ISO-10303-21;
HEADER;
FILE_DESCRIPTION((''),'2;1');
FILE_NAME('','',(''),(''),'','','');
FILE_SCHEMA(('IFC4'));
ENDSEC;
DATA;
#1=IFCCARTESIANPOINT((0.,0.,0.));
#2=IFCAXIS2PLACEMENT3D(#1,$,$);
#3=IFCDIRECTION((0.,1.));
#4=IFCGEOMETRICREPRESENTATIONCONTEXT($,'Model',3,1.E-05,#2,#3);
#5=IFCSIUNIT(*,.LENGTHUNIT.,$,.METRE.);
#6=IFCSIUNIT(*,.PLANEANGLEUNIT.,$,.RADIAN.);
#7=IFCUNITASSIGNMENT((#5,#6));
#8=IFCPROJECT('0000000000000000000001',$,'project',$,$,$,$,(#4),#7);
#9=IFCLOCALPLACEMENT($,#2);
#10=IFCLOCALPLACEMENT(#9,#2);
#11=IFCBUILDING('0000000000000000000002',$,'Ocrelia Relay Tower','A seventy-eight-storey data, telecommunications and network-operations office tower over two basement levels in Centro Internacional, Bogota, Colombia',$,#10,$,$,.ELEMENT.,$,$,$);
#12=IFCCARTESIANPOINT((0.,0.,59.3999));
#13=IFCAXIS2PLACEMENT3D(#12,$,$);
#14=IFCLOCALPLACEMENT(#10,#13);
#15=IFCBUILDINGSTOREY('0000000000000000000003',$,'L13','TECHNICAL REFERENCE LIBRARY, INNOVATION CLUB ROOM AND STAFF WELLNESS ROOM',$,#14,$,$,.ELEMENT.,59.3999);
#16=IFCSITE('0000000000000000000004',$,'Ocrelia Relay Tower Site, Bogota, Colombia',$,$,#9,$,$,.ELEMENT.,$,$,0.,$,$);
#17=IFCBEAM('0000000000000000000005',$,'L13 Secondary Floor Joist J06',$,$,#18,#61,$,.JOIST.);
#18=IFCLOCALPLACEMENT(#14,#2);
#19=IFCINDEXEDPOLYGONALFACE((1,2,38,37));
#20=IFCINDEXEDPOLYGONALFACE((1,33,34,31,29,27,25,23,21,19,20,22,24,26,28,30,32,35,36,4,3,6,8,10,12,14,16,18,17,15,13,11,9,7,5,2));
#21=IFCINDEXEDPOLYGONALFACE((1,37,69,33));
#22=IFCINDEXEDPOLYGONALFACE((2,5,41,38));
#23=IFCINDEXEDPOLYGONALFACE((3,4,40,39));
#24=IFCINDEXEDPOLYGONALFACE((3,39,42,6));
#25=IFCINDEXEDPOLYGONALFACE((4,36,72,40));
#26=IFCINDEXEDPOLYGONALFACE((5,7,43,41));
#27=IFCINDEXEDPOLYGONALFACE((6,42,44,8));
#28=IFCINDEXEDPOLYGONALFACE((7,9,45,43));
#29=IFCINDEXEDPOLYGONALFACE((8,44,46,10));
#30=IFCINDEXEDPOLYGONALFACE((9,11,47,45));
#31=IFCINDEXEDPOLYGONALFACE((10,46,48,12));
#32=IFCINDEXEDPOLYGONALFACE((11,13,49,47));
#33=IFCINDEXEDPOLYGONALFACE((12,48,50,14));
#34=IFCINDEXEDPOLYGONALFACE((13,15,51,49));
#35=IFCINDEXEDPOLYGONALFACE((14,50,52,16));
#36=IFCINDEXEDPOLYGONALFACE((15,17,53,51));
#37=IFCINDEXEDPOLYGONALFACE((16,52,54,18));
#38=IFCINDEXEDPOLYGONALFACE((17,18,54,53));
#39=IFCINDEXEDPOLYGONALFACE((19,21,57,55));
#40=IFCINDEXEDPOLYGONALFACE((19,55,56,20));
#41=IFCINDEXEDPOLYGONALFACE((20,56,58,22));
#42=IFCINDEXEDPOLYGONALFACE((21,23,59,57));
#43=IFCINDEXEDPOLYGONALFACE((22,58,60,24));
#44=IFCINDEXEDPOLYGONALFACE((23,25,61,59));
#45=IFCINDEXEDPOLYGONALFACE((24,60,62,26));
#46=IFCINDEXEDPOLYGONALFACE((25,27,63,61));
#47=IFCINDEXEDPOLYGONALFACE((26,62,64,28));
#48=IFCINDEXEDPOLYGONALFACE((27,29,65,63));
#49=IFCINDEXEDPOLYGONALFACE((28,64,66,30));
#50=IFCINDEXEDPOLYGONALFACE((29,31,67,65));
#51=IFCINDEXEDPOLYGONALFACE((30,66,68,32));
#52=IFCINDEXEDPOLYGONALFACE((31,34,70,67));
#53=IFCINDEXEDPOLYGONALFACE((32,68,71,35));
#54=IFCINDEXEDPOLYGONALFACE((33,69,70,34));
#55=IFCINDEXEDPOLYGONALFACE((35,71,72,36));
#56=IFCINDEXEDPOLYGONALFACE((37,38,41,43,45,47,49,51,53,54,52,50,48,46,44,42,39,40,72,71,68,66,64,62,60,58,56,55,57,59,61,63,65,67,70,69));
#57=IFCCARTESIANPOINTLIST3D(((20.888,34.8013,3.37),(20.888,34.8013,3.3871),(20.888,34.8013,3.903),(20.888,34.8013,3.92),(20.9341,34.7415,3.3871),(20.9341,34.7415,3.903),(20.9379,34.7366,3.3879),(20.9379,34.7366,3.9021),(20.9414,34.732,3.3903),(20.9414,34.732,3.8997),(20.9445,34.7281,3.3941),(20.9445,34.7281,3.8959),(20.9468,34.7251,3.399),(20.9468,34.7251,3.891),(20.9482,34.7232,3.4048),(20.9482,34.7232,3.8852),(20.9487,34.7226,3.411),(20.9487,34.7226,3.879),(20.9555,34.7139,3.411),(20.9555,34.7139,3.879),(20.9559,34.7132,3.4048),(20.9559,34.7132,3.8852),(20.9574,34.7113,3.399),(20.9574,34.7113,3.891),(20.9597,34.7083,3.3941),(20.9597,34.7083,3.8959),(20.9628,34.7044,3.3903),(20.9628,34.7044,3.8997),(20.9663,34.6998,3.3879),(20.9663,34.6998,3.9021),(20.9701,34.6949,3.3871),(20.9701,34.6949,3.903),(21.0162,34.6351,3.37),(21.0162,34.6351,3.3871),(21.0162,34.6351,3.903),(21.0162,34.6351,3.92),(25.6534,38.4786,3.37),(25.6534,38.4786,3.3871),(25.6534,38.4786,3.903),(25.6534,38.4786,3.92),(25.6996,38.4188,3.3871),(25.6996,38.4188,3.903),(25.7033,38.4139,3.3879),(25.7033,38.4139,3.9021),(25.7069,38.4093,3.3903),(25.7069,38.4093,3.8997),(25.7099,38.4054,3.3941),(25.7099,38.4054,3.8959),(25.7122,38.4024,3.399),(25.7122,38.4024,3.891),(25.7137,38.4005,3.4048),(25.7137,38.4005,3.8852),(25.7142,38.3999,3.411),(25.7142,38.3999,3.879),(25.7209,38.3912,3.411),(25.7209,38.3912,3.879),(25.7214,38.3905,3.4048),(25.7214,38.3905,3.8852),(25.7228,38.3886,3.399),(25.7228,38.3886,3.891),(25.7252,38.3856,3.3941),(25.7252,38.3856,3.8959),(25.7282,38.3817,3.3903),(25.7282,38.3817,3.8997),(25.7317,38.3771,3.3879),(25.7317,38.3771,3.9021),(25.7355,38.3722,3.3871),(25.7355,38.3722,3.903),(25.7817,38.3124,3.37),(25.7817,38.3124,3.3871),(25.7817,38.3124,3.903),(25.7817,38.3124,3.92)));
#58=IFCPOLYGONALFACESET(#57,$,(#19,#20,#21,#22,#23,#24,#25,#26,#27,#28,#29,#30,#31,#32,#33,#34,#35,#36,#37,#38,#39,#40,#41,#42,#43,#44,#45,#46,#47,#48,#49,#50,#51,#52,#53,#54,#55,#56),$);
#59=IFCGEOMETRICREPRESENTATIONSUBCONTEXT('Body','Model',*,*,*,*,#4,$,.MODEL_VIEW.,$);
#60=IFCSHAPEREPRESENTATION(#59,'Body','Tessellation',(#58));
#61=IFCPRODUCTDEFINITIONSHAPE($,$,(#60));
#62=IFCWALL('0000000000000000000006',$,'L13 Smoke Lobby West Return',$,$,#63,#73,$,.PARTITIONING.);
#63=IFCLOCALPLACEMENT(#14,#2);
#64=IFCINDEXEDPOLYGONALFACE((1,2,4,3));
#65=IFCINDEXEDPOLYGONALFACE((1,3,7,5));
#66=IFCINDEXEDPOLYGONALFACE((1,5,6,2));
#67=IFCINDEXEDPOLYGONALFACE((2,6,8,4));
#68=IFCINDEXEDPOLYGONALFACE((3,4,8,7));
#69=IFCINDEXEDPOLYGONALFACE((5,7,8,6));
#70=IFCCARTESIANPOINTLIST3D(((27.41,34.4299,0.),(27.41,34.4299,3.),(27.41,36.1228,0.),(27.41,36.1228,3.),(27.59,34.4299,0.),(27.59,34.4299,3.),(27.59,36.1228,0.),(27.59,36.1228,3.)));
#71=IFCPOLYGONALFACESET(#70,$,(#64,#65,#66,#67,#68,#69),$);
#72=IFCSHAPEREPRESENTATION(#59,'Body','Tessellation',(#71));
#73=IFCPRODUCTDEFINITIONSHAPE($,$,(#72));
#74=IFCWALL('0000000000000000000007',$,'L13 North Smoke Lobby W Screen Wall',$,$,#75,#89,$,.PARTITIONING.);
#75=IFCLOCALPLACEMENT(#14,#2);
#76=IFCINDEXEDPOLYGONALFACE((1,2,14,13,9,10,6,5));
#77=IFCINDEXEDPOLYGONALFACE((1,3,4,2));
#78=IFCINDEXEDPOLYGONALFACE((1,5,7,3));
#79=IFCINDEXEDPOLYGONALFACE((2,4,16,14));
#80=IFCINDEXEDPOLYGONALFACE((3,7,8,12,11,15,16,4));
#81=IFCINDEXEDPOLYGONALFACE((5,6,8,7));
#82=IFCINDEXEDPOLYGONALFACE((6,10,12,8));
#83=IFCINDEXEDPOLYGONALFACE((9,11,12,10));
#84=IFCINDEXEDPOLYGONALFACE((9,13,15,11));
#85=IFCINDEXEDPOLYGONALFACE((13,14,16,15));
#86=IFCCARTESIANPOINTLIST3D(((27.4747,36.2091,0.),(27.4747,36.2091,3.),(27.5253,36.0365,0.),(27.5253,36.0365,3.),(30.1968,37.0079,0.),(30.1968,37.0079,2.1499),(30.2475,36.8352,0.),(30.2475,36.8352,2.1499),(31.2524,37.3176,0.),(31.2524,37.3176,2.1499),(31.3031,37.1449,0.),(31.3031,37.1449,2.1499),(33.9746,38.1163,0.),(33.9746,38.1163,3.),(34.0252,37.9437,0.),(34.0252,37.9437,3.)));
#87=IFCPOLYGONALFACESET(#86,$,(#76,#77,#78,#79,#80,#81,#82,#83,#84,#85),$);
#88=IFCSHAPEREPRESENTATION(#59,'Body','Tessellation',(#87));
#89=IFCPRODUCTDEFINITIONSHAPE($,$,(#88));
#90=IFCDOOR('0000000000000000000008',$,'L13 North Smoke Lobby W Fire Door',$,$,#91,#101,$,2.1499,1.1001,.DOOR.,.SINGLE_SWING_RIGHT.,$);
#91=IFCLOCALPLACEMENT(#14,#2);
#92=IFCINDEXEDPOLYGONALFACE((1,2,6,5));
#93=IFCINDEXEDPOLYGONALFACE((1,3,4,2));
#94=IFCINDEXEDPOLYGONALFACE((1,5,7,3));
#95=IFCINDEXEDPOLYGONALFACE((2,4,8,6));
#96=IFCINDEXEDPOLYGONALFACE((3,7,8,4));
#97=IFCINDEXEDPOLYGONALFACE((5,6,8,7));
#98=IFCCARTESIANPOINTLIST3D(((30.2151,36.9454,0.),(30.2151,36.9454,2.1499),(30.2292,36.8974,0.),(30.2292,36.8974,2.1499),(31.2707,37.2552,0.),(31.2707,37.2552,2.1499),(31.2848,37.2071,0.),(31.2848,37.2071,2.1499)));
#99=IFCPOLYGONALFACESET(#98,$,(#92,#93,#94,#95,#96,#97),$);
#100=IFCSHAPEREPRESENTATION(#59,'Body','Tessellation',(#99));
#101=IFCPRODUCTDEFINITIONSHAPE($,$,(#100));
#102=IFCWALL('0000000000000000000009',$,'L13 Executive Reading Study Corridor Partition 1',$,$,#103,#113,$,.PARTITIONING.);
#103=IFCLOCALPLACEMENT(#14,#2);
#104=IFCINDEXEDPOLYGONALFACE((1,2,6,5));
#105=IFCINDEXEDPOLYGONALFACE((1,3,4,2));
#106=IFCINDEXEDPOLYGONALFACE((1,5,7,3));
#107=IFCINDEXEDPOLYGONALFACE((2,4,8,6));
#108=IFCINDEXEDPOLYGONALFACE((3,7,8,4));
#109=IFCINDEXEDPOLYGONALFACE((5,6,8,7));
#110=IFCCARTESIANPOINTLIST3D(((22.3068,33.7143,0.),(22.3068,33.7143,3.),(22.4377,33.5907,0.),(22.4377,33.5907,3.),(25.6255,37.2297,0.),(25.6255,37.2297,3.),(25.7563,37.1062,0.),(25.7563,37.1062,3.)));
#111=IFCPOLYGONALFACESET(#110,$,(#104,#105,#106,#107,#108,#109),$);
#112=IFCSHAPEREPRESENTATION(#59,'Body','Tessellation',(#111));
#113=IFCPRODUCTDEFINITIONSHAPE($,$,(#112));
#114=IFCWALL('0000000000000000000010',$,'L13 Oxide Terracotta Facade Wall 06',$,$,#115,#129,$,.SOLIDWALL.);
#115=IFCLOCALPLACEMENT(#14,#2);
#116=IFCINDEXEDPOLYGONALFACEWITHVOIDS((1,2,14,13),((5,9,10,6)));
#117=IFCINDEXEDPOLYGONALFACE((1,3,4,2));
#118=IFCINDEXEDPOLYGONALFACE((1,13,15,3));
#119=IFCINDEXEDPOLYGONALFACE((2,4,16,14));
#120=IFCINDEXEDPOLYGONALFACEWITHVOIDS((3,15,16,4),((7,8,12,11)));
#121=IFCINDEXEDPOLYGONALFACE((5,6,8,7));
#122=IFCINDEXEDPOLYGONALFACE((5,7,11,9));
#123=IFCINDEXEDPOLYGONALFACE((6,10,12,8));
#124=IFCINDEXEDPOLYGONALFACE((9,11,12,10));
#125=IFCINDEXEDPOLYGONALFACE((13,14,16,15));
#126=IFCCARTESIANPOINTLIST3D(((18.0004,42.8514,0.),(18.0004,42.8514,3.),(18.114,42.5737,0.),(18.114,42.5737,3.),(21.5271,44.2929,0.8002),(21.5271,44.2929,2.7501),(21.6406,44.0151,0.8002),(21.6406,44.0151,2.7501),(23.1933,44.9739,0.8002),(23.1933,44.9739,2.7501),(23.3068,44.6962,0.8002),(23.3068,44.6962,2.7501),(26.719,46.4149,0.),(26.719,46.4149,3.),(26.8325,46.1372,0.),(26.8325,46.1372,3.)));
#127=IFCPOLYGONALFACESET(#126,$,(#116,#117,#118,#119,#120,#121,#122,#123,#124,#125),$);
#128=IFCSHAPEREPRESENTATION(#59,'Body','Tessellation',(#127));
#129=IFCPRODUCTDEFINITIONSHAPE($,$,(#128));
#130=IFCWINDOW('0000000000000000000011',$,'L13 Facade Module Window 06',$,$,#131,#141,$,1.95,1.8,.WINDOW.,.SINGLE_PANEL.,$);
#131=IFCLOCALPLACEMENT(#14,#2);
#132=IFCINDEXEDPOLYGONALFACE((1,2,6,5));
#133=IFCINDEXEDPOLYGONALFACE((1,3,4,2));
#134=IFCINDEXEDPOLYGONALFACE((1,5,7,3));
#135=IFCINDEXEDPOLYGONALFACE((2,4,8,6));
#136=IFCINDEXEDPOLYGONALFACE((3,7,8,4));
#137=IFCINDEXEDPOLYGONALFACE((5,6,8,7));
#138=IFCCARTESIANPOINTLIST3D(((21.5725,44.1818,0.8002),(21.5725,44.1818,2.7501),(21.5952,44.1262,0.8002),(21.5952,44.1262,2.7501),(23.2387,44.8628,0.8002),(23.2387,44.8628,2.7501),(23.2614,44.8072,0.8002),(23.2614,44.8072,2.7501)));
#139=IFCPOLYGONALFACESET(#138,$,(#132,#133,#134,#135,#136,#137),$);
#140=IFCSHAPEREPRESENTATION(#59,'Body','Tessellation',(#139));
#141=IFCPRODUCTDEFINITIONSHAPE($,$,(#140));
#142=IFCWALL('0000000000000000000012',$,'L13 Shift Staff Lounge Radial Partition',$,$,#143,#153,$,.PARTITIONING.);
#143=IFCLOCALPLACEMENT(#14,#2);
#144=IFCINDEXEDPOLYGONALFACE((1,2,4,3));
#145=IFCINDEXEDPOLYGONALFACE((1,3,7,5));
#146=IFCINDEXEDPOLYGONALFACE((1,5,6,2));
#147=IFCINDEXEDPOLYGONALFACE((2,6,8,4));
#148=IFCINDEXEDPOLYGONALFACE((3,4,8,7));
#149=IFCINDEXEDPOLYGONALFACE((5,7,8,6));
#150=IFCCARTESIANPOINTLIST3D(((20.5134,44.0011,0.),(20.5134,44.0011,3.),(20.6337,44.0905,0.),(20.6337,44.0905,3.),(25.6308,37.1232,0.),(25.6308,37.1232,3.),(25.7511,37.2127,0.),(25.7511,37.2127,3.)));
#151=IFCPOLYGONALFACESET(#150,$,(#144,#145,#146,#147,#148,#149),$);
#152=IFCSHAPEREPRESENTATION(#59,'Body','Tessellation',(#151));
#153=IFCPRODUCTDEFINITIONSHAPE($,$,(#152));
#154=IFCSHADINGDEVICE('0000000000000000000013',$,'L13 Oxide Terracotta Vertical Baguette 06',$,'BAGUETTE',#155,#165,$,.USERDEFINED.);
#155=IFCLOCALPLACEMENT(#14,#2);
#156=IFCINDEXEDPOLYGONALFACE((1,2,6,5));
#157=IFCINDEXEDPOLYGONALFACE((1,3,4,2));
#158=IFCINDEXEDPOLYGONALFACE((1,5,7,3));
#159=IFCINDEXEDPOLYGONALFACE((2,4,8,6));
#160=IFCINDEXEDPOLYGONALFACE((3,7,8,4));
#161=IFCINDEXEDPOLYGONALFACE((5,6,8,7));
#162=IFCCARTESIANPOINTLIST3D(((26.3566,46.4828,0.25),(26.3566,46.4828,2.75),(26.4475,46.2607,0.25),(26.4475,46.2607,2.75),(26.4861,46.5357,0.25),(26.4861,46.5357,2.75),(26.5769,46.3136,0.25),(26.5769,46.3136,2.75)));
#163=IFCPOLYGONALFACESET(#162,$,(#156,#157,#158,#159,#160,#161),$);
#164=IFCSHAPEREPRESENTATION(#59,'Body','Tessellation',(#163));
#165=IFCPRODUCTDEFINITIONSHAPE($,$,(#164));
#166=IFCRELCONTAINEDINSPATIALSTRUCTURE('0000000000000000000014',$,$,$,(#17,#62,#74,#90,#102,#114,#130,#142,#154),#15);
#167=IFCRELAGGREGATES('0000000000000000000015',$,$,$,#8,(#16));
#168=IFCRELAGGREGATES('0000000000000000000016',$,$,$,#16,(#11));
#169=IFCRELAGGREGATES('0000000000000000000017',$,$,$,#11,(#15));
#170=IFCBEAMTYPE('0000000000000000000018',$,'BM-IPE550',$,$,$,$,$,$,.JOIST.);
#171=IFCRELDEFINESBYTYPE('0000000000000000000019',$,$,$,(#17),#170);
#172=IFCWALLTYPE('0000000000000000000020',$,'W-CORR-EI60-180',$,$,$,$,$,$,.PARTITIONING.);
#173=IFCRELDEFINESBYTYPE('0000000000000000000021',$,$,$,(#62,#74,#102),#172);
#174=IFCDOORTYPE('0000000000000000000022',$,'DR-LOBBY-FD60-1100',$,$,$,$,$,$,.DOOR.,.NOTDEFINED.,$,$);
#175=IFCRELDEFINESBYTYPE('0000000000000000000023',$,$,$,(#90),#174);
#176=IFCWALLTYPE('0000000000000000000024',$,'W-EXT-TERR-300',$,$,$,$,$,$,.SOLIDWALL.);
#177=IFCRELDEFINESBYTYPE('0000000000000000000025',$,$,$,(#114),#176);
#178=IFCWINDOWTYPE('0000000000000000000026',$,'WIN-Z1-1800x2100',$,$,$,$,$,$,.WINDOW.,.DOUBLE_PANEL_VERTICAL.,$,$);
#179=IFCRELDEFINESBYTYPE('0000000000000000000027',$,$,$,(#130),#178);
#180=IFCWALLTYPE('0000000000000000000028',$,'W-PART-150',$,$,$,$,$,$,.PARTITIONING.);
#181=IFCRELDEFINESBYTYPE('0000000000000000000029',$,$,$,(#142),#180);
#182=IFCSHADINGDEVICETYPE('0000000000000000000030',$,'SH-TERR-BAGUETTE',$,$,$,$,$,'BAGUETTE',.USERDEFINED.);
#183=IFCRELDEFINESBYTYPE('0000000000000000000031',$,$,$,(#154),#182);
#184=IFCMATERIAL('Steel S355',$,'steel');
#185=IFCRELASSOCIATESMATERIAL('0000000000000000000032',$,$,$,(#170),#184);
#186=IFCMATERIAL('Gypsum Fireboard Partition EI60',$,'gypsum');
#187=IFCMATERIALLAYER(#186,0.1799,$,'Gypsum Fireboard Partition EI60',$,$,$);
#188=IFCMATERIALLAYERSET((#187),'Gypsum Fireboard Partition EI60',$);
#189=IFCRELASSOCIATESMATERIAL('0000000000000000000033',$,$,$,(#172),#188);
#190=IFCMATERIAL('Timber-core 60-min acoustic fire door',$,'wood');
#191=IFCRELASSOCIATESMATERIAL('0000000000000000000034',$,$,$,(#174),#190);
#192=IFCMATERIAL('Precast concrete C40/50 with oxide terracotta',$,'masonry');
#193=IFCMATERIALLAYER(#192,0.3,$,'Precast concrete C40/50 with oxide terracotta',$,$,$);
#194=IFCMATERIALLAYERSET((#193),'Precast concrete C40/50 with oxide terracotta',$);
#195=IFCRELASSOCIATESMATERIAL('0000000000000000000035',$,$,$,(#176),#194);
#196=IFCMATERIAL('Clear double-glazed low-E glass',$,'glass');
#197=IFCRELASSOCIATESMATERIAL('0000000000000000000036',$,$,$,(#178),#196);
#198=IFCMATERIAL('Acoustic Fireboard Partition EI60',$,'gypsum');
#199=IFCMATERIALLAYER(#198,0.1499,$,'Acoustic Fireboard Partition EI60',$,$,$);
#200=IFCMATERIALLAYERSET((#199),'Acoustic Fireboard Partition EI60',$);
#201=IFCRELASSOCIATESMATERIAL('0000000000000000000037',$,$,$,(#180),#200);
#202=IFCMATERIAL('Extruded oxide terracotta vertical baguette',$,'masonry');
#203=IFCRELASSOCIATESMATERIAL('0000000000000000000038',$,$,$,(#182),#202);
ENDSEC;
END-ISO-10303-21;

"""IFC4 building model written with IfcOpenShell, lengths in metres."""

from ifc_helpers import new_model, si_unit, direction, frame, frame_2d, origin, origin_2d, place, context, subcontext, project, spatial, rectangle, i_section, extrude, material, layer, layer_set, material_profile, profile_set, type_object, element, fill, save


model = new_model("IFC4")

# Units and contexts
model_context = context("Model", 3, precision=1e-05, world=origin(), true_north=direction((0.0, 1.0)))
body_context = subcontext(model_context, "Body", "Model", "MODEL_VIEW")
ifc_project = project(units=[si_unit("LENGTHUNIT", "METRE"), si_unit("PLANEANGLEUNIT", "RADIAN")], contexts=[model_context])

# Site, building, storey
site_placement = place(None, origin())
site = spatial("IfcSite", under=ifc_project, at=site_placement, Name="Ocrelia Relay Tower Site, Bogota, Colombia", CompositionType="ELEMENT", RefElevation=0.0)
building_placement = place(site_placement, origin())
building = spatial("IfcBuilding", under=site, at=building_placement, Name="Ocrelia Relay Tower", Description="A seventy-eight-storey data, telecommunications and network-operations office tower over two basement levels in Centro Internacional, Bogota, Colombia", CompositionType="ELEMENT")
storey_placement = place(building_placement, frame((0.0, 0.0, 59.3999)))
storey = spatial("IfcBuildingStorey", under=building, at=storey_placement, Name="L13", Description="TECHNICAL REFERENCE LIBRARY, INNOVATION CLUB ROOM AND STAFF WELLNESS ROOM", CompositionType="ELEMENT", Elevation=59.3999)

# Beam
ifc_material_1 = material(Name="Steel S355", Category="steel")
ifc_material_profile_1 = material_profile(ifc_material_1, i_section(OverallWidth=0.21, OverallDepth=0.55, WebThickness=0.011, FlangeThickness=0.0171, FilletRadius=0.0239, at=origin_2d()), Name="IPE 550")
ifc_profile_set_1 = profile_set([ifc_material_profile_1], Name="Steel S355")
beam_type_1 = type_object("IfcBeamType", Name="BM-IPE550", PredefinedType="JOIST", material=ifc_profile_set_1)
beam_1_placement = place(storey_placement, frame((25.7175, 38.3955, 3.645), z_axis=(-0.791694, -0.610918, 0.0), x_axis=(0.610918, -0.791694, 0.0)))
element("IfcBeam", 1, at=beam_1_placement, inside=storey, type_object=beam_type_1, Name="L13 Secondary Floor Joist J06", PredefinedType="JOIST", context=body_context, shape_type="SweptSolid", body=[
    extrude(i_section(OverallWidth=0.21, OverallDepth=0.55, WebThickness=0.011, FlangeThickness=0.0171, FilletRadius=0.0239, at=origin_2d()), origin(), (0.0, 0.0, 1.0), 6.0193),
])

# Wall
ifc_material_2 = material(Name="Gypsum Fireboard Partition EI60", Category="gypsum")
ifc_layer_1 = layer(ifc_material_2, 0.1799, Name="Gypsum Fireboard Partition EI60")
ifc_layer_set_1 = layer_set([ifc_layer_1], Name="Gypsum Fireboard Partition EI60")
wall_type_1 = type_object("IfcWallType", Name="W-CORR-EI60-180", PredefinedType="PARTITIONING", material=ifc_layer_set_1)
wall_1_placement = place(storey_placement, frame((27.5, 34.4299, 0.0), z_axis=(0.0, 0.0, 1.0), x_axis=(0.0, 1.0, 0.0)))
element("IfcWall", 2, at=wall_1_placement, inside=storey, type_object=wall_type_1, Name="L13 Smoke Lobby West Return", PredefinedType="PARTITIONING", context=body_context, shape_type="SweptSolid", body=[
    extrude(rectangle(XDim=1.6929, YDim=0.1799, at=frame_2d((0.8464, 0.0))), origin(), (0.0, 0.0, 1.0), 3.0),
])

# Wall, opening, door
wall_2_placement = place(storey_placement, frame((27.5, 36.1228, 0.0), z_axis=(0.0, 0.0, 1.0), x_axis=(0.959547, 0.28155, 0.0)))
wall_2 = element("IfcWall", 3, at=wall_2_placement, inside=storey, type_object=wall_type_1, Name="L13 North Smoke Lobby W Screen Wall", PredefinedType="PARTITIONING", context=body_context, shape_type="SweptSolid", body=[
    extrude(rectangle(XDim=6.7739, YDim=0.1799, at=frame_2d((3.387, 0.0))), origin(), (0.0, 0.0, 1.0), 3.0),
])
opening_1_placement = place(wall_2_placement, frame((2.8369, 0.0, 0.0)))
opening_1 = element("IfcOpeningElement", 4, at=opening_1_placement, cuts=wall_2, PredefinedType="OPENING", context=body_context, shape_type="SweptSolid", body=[
    extrude(rectangle(XDim=1.1001, YDim=2.1499, at=frame_2d((0.55, 1.075))), frame((0.0, 0.1001, 0.0), z_axis=(0.0, -1.0, 0.0), x_axis=(1.0, 0.0, 0.0)), (0.0, 0.0, 1.0), 0.2),
])
ifc_material_3 = material(Name="Timber-core 60-min acoustic fire door", Category="wood")
door_type_1 = type_object("IfcDoorType", Name="DR-LOBBY-FD60-1100", OperationType="NOTDEFINED", PredefinedType="DOOR", material=ifc_material_3)
door_1_placement = place(opening_1_placement, origin())
door_1 = element("IfcDoor", 5, at=door_1_placement, inside=storey, type_object=door_type_1, Name="L13 North Smoke Lobby W Fire Door", OperationType="SINGLE_SWING_RIGHT", OverallHeight=2.1499, OverallWidth=1.1001, PredefinedType="DOOR", context=body_context, shape_type="SweptSolid", body=[
    extrude(rectangle(XDim=1.1001, YDim=2.1499, at=frame_2d((0.55, 1.075))), frame((0.0, 0.0249, 0.0), z_axis=(0.0, -1.0, 0.0), x_axis=(1.0, 0.0, 0.0)), (0.0, 0.0, 1.0), 0.05),
])
fill(opening_1, door_1)

# Wall
wall_3_placement = place(storey_placement, frame((25.6909, 37.168, 0.0), z_axis=(0.0, 0.0, 1.0), x_axis=(-0.686462, -0.727166, 0.0)))
element("IfcWall", 6, at=wall_3_placement, inside=storey, type_object=wall_type_1, Name="L13 Executive Reading Study Corridor Partition 1", PredefinedType="PARTITIONING", context=body_context, shape_type="SweptSolid", body=[
    extrude(rectangle(XDim=4.8345, YDim=0.1799, at=frame_2d((2.4172, 0.0))), origin(), (0.0, 0.0, 1.0), 3.0),
])

# Wall, opening, window
ifc_material_4 = material(Name="Precast concrete C40/50 with oxide terracotta", Category="masonry")
ifc_layer_2 = layer(ifc_material_4, 0.3, Name="Precast concrete C40/50 with oxide terracotta")
ifc_layer_set_2 = layer_set([ifc_layer_2], Name="Precast concrete C40/50 with oxide terracotta")
wall_type_2 = type_object("IfcWallType", Name="W-EXT-TERR-300", PredefinedType="SOLIDWALL", material=ifc_layer_set_2)
wall_4_placement = place(storey_placement, frame((26.7759, 46.2761, 0.0), z_axis=(0.0, 0.0, 1.0), x_axis=(-0.925665, -0.378343, 0.0)))
wall_4 = element("IfcWall", 7, at=wall_4_placement, inside=storey, type_object=wall_type_2, Name="L13 Oxide Terracotta Facade Wall 06", PredefinedType="SOLIDWALL", context=body_context, shape_type="SweptSolid", body=[
    extrude(rectangle(XDim=9.4187, YDim=0.3, at=frame_2d((4.7095, 0.0))), origin(), (0.0, 0.0, 1.0), 3.0),
])
opening_2_placement = place(wall_4_placement, frame((3.8091, 0.0, 0.8)))
opening_2 = element("IfcOpeningElement", 8, at=opening_2_placement, cuts=wall_4, PredefinedType="OPENING", context=body_context, shape_type="SweptSolid", body=[
    extrude(rectangle(XDim=1.8, YDim=1.95, at=frame_2d((0.8999, 0.9751))), frame((0.0, 0.1602, 0.0), z_axis=(0.0, -1.0, 0.0), x_axis=(1.0, 0.0, 0.0)), (0.0, 0.0, 1.0), 0.3201),
])
ifc_material_5 = material(Name="Clear double-glazed low-E glass", Category="glass")
window_type = type_object("IfcWindowType", Name="WIN-Z1-1800x2100", PartitioningType="DOUBLE_PANEL_VERTICAL", PredefinedType="WINDOW", material=ifc_material_5)
window_placement = place(opening_2_placement, origin())
window = element("IfcWindow", 9, at=window_placement, inside=storey, type_object=window_type, Name="L13 Facade Module Window 06", OverallHeight=1.95, OverallWidth=1.8, PartitioningType="SINGLE_PANEL", PredefinedType="WINDOW", context=body_context, shape_type="SweptSolid", body=[
    extrude(rectangle(XDim=1.8, YDim=1.95, at=frame_2d((0.8999, 0.9751))), frame((0.0, 0.03, 0.0), z_axis=(0.0, -1.0, 0.0), x_axis=(1.0, 0.0, 0.0)), (0.0, 0.0, 1.0), 0.0601),
])
fill(opening_2, window)

# Wall
ifc_material_6 = material(Name="Acoustic Fireboard Partition EI60", Category="gypsum")
ifc_layer_3 = layer(ifc_material_6, 0.1499, Name="Acoustic Fireboard Partition EI60")
ifc_layer_set_3 = layer_set([ifc_layer_3], Name="Acoustic Fireboard Partition EI60")
wall_type_3 = type_object("IfcWallType", Name="W-PART-150", PredefinedType="PARTITIONING", material=ifc_layer_set_3)
wall_5_placement = place(storey_placement, frame((25.6909, 37.168, 0.0), z_axis=(0.0, 0.0, 1.0), x_axis=(-0.596934, 0.802291, 0.0)))
element("IfcWall", 10, at=wall_5_placement, inside=storey, type_object=wall_type_3, Name="L13 Shift Staff Lounge Radial Partition", PredefinedType="PARTITIONING", context=body_context, shape_type="SweptSolid", body=[
    extrude(rectangle(XDim=8.5728, YDim=0.1499, at=frame_2d((4.2864, 0.0))), origin(), (0.0, 0.0, 1.0), 3.0),
])

# Shading device
ifc_material_7 = material(Name="Extruded oxide terracotta vertical baguette", Category="masonry")
shading_device_type_1 = type_object("IfcShadingDeviceType", Name="SH-TERR-BAGUETTE", ElementType="BAGUETTE", PredefinedType="USERDEFINED", material=ifc_material_7)
shading_device_1_placement = place(storey_placement, frame((26.4668, 46.3982, 0.25), z_axis=(0.0, 0.0, 1.0), x_axis=(-0.925661, -0.378355, 0.0)))
element("IfcShadingDevice", 11, at=shading_device_1_placement, inside=storey, type_object=shading_device_type_1, Name="L13 Oxide Terracotta Vertical Baguette 06", ObjectType="BAGUETTE", PredefinedType="USERDEFINED", context=body_context, shape_type="SweptSolid", body=[
    extrude(rectangle(XDim=0.1399, YDim=0.24, at=origin_2d()), origin(), (0.0, 0.0, 1.0), 2.5),
])

save(model, "model.ifc")
